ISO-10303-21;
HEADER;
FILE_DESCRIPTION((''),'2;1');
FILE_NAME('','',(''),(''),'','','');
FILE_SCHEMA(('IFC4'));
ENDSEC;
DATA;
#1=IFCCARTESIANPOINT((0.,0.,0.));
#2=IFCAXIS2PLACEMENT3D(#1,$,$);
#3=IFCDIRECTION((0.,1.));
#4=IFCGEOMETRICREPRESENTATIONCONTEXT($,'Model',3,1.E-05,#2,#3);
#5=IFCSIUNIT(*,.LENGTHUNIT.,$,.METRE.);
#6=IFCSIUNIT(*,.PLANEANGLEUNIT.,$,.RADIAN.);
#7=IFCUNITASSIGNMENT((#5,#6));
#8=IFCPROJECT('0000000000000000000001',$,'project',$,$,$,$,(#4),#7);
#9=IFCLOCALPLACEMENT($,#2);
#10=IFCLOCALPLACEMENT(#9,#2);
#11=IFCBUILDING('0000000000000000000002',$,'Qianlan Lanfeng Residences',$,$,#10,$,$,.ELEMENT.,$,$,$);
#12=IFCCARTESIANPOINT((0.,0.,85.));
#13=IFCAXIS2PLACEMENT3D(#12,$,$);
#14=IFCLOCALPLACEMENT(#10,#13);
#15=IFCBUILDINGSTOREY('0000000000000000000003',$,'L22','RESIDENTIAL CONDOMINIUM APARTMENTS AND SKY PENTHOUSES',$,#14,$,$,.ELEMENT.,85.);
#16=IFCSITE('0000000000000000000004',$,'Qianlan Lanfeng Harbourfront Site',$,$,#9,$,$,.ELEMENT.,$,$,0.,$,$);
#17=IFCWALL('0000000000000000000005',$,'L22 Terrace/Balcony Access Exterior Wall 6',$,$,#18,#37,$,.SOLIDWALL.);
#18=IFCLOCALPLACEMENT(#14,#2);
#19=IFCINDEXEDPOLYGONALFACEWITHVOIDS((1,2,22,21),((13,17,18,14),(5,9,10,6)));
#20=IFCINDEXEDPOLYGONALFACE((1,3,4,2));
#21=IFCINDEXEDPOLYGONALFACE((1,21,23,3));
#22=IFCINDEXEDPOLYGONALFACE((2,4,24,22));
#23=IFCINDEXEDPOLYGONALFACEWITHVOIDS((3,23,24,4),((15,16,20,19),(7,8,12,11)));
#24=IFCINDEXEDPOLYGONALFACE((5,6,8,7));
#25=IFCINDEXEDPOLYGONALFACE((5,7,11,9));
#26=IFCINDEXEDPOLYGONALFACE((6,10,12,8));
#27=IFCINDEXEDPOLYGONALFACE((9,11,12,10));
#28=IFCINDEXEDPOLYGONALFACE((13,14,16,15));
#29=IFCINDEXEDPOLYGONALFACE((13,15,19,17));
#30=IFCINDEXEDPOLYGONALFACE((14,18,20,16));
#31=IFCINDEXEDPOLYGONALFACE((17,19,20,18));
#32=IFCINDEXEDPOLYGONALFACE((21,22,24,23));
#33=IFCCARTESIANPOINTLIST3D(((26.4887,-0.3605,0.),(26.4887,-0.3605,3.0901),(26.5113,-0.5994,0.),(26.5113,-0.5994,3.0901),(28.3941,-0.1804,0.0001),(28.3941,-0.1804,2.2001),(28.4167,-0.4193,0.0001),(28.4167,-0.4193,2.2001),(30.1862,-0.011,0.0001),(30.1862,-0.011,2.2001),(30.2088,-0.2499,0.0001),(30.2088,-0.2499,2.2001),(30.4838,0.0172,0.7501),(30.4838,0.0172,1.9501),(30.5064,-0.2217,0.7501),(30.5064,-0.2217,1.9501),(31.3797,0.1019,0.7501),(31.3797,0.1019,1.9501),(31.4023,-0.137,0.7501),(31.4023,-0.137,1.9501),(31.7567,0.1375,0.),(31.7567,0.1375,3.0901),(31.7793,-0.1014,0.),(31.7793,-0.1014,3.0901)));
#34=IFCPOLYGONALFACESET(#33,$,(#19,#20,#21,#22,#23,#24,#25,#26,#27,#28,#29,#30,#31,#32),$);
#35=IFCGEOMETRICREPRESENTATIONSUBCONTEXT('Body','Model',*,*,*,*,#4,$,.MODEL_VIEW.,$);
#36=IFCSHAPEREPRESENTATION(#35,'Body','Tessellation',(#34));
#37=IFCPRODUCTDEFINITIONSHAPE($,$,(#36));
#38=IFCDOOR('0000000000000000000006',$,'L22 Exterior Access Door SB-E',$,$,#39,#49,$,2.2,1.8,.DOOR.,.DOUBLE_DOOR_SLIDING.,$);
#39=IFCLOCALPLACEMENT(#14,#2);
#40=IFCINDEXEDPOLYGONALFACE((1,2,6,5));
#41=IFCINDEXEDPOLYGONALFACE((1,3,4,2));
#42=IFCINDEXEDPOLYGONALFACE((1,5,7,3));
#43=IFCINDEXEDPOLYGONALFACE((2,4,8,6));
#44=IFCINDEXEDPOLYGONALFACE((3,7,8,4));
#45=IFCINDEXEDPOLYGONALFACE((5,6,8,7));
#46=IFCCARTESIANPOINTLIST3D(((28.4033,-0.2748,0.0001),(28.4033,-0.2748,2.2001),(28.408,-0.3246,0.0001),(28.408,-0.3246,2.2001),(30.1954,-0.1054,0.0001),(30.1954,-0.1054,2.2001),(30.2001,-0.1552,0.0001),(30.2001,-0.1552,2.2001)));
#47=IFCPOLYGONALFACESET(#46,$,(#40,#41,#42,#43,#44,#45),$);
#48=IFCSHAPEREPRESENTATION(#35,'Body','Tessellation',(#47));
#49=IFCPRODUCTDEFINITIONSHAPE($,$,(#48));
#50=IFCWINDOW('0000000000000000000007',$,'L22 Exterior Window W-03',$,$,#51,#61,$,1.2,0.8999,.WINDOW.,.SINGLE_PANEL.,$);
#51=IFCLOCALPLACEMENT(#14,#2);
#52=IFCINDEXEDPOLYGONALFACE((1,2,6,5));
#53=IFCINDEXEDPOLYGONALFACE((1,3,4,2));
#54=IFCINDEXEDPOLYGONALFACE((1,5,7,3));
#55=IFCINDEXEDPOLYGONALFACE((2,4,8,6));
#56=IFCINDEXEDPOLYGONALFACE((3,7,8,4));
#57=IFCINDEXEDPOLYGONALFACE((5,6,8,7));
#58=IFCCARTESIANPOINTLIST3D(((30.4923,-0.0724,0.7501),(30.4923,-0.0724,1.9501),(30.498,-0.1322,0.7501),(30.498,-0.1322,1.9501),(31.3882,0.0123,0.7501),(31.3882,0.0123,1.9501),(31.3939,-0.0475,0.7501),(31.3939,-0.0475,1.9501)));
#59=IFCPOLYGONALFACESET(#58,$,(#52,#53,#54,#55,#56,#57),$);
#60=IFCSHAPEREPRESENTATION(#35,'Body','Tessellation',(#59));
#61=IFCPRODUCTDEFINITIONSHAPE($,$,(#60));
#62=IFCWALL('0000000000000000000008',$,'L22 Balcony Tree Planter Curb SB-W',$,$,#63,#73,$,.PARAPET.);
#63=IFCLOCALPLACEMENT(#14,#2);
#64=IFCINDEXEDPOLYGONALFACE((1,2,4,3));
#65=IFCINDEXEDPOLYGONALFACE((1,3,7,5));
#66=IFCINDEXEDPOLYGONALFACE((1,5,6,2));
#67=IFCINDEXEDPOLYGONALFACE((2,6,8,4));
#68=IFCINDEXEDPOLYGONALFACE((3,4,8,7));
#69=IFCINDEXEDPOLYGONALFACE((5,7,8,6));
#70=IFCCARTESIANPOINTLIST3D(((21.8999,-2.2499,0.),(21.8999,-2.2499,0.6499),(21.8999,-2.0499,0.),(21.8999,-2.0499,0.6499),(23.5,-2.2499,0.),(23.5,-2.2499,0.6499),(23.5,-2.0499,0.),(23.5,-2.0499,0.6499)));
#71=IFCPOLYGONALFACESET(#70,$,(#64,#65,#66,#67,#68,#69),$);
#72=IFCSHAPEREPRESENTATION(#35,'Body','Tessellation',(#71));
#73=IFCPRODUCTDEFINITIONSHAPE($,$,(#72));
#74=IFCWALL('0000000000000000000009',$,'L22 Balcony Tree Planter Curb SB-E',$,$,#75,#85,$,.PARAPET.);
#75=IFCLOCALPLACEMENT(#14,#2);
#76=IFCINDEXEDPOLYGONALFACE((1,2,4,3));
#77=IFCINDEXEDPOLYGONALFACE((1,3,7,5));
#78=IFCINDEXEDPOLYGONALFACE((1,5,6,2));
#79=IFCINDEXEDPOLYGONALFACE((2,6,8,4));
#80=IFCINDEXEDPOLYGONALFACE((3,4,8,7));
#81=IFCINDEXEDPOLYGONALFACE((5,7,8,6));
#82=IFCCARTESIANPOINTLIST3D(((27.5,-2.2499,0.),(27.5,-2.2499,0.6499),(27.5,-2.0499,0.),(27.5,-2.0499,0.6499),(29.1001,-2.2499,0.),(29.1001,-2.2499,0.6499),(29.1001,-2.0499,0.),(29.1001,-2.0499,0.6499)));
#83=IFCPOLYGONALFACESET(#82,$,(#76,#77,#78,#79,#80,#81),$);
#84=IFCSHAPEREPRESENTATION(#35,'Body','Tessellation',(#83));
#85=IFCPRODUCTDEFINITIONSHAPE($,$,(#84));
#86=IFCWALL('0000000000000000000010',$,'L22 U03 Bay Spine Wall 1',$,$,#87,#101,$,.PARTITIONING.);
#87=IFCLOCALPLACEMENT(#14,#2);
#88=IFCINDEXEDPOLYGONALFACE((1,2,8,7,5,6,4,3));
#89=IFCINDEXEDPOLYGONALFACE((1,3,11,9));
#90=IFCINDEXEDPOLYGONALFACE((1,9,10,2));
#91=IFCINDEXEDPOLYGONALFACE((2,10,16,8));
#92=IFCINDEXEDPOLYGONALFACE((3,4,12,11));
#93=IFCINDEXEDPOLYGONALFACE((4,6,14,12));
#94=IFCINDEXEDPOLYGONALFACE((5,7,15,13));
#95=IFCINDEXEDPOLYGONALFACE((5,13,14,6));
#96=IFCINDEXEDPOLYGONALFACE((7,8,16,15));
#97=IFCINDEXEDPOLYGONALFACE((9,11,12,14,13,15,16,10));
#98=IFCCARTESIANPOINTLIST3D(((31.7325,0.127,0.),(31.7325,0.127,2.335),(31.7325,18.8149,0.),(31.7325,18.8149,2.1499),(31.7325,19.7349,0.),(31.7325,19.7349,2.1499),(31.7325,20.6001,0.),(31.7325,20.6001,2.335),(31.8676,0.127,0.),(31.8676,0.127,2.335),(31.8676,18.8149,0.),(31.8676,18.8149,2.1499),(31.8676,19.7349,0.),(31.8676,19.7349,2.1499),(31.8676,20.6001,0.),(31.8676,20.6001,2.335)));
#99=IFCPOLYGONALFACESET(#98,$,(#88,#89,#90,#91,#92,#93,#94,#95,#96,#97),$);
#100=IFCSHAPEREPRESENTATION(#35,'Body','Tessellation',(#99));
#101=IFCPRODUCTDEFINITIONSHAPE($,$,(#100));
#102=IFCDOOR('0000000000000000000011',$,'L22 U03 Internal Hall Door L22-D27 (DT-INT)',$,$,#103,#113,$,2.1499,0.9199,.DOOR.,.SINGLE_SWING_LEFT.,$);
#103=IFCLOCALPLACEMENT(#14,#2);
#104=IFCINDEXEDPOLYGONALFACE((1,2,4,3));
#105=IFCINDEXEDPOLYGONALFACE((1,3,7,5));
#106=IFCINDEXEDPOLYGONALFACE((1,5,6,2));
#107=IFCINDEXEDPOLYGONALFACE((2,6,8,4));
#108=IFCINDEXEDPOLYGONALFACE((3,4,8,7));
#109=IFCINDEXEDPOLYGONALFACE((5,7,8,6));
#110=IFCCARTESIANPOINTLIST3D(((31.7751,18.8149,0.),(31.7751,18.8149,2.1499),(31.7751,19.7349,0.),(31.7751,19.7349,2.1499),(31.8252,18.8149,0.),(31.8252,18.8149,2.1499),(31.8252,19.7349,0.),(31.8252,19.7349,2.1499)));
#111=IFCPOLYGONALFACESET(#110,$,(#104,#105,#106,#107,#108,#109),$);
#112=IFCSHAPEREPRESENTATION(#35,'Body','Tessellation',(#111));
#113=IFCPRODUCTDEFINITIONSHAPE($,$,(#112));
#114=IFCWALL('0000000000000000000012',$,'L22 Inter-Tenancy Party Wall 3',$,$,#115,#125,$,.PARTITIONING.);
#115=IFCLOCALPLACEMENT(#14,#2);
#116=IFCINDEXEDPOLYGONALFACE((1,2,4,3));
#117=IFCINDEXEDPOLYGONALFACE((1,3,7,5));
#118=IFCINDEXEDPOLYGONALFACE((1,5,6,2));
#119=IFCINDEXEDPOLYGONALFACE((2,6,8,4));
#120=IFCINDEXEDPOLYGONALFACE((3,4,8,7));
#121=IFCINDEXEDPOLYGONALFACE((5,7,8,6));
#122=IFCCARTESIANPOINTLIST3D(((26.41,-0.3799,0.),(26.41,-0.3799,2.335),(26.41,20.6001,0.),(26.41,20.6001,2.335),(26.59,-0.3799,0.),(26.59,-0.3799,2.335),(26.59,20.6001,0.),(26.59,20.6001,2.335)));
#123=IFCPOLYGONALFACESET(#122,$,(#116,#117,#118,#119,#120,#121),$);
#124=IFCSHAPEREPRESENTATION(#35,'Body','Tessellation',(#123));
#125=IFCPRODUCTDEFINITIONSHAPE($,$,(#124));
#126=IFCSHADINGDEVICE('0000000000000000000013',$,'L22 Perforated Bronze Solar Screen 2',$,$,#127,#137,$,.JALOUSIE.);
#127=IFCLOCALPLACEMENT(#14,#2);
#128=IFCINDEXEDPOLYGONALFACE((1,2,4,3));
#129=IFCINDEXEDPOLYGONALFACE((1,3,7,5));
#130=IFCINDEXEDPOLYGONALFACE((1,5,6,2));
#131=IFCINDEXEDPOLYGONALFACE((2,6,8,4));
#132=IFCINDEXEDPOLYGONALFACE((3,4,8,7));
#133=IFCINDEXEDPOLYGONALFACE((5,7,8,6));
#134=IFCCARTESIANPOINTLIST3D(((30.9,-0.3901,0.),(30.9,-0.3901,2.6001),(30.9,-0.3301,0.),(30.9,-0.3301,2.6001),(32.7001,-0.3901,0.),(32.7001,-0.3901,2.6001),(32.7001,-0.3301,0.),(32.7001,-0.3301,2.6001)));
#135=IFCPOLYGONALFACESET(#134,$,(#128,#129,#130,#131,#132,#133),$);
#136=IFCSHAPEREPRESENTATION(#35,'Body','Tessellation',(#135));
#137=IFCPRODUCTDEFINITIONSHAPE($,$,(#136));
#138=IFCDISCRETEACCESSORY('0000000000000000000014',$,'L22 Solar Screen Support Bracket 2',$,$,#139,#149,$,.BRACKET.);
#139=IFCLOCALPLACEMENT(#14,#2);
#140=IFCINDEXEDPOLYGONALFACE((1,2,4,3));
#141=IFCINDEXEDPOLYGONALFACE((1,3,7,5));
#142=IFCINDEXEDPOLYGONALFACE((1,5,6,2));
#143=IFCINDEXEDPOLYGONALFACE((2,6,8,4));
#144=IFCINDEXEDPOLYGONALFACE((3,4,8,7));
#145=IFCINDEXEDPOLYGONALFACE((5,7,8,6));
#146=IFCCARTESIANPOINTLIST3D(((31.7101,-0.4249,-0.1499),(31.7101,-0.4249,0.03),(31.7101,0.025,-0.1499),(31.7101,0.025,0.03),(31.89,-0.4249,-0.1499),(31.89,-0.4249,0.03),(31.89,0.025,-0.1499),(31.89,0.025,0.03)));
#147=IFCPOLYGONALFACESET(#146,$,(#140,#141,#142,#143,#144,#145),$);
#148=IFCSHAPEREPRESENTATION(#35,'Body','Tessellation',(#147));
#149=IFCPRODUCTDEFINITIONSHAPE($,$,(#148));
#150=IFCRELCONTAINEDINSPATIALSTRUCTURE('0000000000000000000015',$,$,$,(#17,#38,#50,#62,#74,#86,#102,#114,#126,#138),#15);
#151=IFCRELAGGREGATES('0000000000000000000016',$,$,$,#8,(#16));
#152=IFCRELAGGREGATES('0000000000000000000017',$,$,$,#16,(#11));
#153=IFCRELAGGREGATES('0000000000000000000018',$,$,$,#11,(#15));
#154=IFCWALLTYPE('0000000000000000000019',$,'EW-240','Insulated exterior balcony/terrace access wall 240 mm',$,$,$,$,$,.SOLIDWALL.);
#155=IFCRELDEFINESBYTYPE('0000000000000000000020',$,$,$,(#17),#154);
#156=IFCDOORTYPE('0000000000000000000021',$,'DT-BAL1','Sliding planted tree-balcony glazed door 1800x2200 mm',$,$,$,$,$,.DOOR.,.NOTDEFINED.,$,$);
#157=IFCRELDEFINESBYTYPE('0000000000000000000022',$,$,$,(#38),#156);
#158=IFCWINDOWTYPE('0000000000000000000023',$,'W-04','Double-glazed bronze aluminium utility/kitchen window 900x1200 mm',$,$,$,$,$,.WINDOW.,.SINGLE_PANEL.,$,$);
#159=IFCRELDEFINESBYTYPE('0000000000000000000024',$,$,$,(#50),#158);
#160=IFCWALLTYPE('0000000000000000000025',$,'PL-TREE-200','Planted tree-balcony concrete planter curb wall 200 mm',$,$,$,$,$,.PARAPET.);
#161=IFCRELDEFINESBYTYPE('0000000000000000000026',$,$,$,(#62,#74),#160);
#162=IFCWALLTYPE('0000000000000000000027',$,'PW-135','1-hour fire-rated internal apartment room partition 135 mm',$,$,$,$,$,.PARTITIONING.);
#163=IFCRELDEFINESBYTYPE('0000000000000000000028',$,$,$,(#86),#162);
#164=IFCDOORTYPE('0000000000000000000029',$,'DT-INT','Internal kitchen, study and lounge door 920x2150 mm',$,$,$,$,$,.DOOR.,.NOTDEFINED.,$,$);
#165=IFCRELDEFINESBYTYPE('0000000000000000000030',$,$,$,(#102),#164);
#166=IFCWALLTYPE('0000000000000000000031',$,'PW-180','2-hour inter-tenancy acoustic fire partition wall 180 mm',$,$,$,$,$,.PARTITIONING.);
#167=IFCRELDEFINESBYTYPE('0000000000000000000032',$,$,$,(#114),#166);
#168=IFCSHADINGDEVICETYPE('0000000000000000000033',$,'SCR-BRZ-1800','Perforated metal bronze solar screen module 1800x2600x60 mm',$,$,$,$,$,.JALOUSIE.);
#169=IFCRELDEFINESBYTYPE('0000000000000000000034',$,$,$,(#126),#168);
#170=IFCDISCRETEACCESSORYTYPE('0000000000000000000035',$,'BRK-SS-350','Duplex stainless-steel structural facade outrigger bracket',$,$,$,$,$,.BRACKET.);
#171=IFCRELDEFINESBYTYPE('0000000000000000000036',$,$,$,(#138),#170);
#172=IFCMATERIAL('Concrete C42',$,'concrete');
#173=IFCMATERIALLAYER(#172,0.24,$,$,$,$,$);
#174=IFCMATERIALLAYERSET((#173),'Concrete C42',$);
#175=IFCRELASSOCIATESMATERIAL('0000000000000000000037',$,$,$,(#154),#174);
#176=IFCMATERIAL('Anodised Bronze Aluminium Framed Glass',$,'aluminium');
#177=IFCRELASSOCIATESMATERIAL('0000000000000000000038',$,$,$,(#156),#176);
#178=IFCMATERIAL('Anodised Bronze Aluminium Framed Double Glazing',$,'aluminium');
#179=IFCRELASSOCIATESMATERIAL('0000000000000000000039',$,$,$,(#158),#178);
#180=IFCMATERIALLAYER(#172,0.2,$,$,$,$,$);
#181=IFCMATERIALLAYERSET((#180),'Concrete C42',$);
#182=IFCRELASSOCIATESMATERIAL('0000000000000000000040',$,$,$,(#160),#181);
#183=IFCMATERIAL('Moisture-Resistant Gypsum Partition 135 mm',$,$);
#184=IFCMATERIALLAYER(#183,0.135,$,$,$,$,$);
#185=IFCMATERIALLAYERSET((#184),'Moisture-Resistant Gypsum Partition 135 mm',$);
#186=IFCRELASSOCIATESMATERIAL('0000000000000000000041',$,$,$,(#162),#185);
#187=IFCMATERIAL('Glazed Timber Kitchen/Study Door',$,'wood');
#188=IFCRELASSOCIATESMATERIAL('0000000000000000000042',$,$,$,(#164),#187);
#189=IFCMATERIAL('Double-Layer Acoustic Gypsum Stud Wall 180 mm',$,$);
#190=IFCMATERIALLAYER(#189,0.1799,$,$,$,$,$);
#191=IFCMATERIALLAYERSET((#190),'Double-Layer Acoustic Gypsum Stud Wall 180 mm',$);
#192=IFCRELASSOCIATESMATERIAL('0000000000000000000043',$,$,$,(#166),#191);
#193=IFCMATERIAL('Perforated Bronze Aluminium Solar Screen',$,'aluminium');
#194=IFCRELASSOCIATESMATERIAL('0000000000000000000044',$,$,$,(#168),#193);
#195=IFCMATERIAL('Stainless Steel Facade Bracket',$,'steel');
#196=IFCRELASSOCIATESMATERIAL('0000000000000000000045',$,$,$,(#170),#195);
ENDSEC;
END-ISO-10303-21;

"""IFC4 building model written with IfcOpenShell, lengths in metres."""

from ifc_helpers import new_model, si_unit, direction, frame, frame_2d, origin, origin_2d, place, context, subcontext, project, spatial, rectangle, extrude, source, transform, mapped, material, layer, layer_set, type_object, element, fill, save


model = new_model("IFC4")

# Units and contexts
model_context = context("Model", 3, precision=1e-05, world=origin(), true_north=direction((0.0, 1.0)))
body_context = subcontext(model_context, "Body", "Model", "MODEL_VIEW")
ifc_project = project(units=[si_unit("LENGTHUNIT", "METRE"), si_unit("PLANEANGLEUNIT", "RADIAN")], contexts=[model_context])

# Site, building, storey
site_placement = place(None, origin())
site = spatial("IfcSite", under=ifc_project, at=site_placement, Name="Qianlan Lanfeng Harbourfront Site", CompositionType="ELEMENT", RefElevation=0.0)
building_placement = place(site_placement, origin())
building = spatial("IfcBuilding", under=site, at=building_placement, Name="Qianlan Lanfeng Residences", CompositionType="ELEMENT")
storey_placement = place(building_placement, frame((0.0, 0.0, 85.0)))
storey = spatial("IfcBuildingStorey", under=building, at=storey_placement, Name="L22", Description="RESIDENTIAL CONDOMINIUM APARTMENTS AND SKY PENTHOUSES", CompositionType="ELEMENT", Elevation=85.0)

# Wall, openings, door, window
ifc_material_1 = material(Name="Concrete C42", Category="concrete")
ifc_layer_1 = layer(ifc_material_1, 0.24)
ifc_layer_set_1 = layer_set([ifc_layer_1], Name="Concrete C42")
wall_type_1 = type_object("IfcWallType", Name="EW-240", Description="Insulated exterior balcony/terrace access wall 240 mm", PredefinedType="SOLIDWALL", material=ifc_layer_set_1)
wall_1_placement = place(storey_placement, frame((26.5, -0.48, 0.0), z_axis=(0.0, 0.0, 1.0), x_axis=(0.995561, 0.094121, 0.0)))
wall_1 = element("IfcWall", 1, at=wall_1_placement, inside=storey, type_object=wall_type_1, Name="L22 Terrace/Balcony Access Exterior Wall 6", PredefinedType="SOLIDWALL", context=body_context, shape_type="SweptSolid", body=[
    extrude(rectangle(XDim=5.2915, YDim=0.24, at=frame_2d((2.6458, 0.0))), origin(), (0.0, 0.0, 1.0), 3.0901),
])
opening_1_placement = place(wall_1_placement, frame((1.9141, 0.0, 0.0)))
opening_1 = element("IfcOpeningElement", 2, at=opening_1_placement, cuts=wall_1, PredefinedType="OPENING", context=body_context, shape_type="SweptSolid", body=[
    extrude(rectangle(XDim=1.8, YDim=2.2, at=frame_2d((0.8999, 1.1001))), frame((0.0, 0.1299, 0.0), z_axis=(0.0, -1.0, 0.0), x_axis=(1.0, 0.0, 0.0)), (0.0, 0.0, 1.0), 0.26),
])
opening_2_placement = place(wall_1_placement, frame((4.0129, 0.0, 0.75)))
opening_2 = element("IfcOpeningElement", 3, at=opening_2_placement, cuts=wall_1, PredefinedType="OPENING", context=body_context, shape_type="SweptSolid", body=[
    extrude(rectangle(XDim=0.8999, YDim=1.2, at=frame_2d((0.45, 0.6001))), frame((0.0, 0.1299, 0.0), z_axis=(0.0, -1.0, 0.0), x_axis=(1.0, 0.0, 0.0)), (0.0, 0.0, 1.0), 0.26),
])
ifc_material_2 = material(Name="Anodised Bronze Aluminium Framed Glass", Category="aluminium")
door_type_1 = type_object("IfcDoorType", Name="DT-BAL1", Description="Sliding planted tree-balcony glazed door 1800x2200 mm", OperationType="NOTDEFINED", PredefinedType="DOOR", material=ifc_material_2)
door_1_placement = place(opening_1_placement, frame((1.8, 0.0, 0.0), z_axis=(0.0, 0.0, 1.0), x_axis=(-1.0, 0.0, 0.0)))
door_1 = element("IfcDoor", 4, at=door_1_placement, inside=storey, type_object=door_type_1, Name="L22 Exterior Access Door SB-E", OperationType="DOUBLE_DOOR_SLIDING", OverallHeight=2.2, OverallWidth=1.8, PredefinedType="DOOR", context=body_context, shape_type="SweptSolid", body=[
    extrude(rectangle(XDim=1.8, YDim=2.2, at=frame_2d((0.8999, 1.1001))), frame((0.0, 0.0249, 0.0), z_axis=(0.0, -1.0, 0.0), x_axis=(1.0, 0.0, 0.0)), (0.0, 0.0, 1.0), 0.05),
])
fill(opening_1, door_1)
ifc_material_3 = material(Name="Anodised Bronze Aluminium Framed Double Glazing", Category="aluminium")
window_type = type_object("IfcWindowType", Name="W-04", Description="Double-glazed bronze aluminium utility/kitchen window 900x1200 mm", PartitioningType="SINGLE_PANEL", PredefinedType="WINDOW", material=ifc_material_3)
window_placement = place(opening_2_placement, origin())
window = element("IfcWindow", 5, at=window_placement, inside=storey, type_object=window_type, Name="L22 Exterior Window W-03", OverallHeight=1.2, OverallWidth=0.8999, PartitioningType="SINGLE_PANEL", PredefinedType="WINDOW", context=body_context, shape_type="SweptSolid", body=[
    extrude(rectangle(XDim=0.8999, YDim=1.2, at=frame_2d((0.45, 0.6001))), frame((0.0, 0.03, 0.0), z_axis=(0.0, -1.0, 0.0), x_axis=(1.0, 0.0, 0.0)), (0.0, 0.0, 1.0), 0.0601),
])
fill(opening_2, window)

# Walls
ifc_layer_2 = layer(ifc_material_1, 0.2)
ifc_layer_set_2 = layer_set([ifc_layer_2], Name="Concrete C42")
wall_type_2 = type_object("IfcWallType", Name="PL-TREE-200", Description="Planted tree-balcony concrete planter curb wall 200 mm", PredefinedType="PARAPET", material=ifc_layer_set_2)
for number, where, z_axis, x_axis, name in (
    (6, (21.8999, -2.1499, 0.0), (0.0, 0.0, 1.0), (1.0, 0.0, 0.0), "L22 Balcony Tree Planter Curb SB-W"),
    (7, (27.5, -2.1499, 0.0), (0.0, 0.0, 1.0), (1.0, 0.0, 0.0), "L22 Balcony Tree Planter Curb SB-E"),
):
    element("IfcWall", number, at=place(storey_placement, frame(where, z_axis=z_axis, x_axis=x_axis)), inside=storey, type_object=wall_type_2, Name=name, PredefinedType="PARAPET", context=body_context, shape_type="SweptSolid", body=[
        extrude(rectangle(XDim=1.6001, YDim=0.2, at=frame_2d((0.8, 0.0))), origin(), (0.0, 0.0, 1.0), 0.6499),
    ])

# Wall, opening, door
ifc_material_4 = material(Name="Moisture-Resistant Gypsum Partition 135 mm")
ifc_layer_3 = layer(ifc_material_4, 0.135)
ifc_layer_set_3 = layer_set([ifc_layer_3], Name="Moisture-Resistant Gypsum Partition 135 mm")
wall_type_3 = type_object("IfcWallType", Name="PW-135", Description="1-hour fire-rated internal apartment room partition 135 mm", PredefinedType="PARTITIONING", material=ifc_layer_set_3)
wall_2_placement = place(storey_placement, frame((31.8, 0.127, 0.0), z_axis=(0.0, 0.0, 1.0), x_axis=(0.0, 1.0, 0.0)))
wall_2 = element("IfcWall", 8, at=wall_2_placement, inside=storey, type_object=wall_type_3, Name="L22 U03 Bay Spine Wall 1", PredefinedType="PARTITIONING", context=body_context, shape_type="SweptSolid", body=[
    extrude(rectangle(XDim=20.4731, YDim=0.135, at=frame_2d((10.2366, 0.0))), origin(), (0.0, 0.0, 1.0), 2.335),
])
opening_3_placement = place(wall_2_placement, frame((18.688, 0.0, 0.0)))
opening_3 = element("IfcOpeningElement", 9, at=opening_3_placement, cuts=wall_2, PredefinedType="OPENING", context=body_context, shape_type="SweptSolid", body=[
    extrude(rectangle(XDim=0.9199, YDim=2.1499, at=frame_2d((0.46, 1.075))), frame((0.0, 0.0776, 0.0), z_axis=(0.0, -1.0, 0.0), x_axis=(1.0, 0.0, 0.0)), (0.0, 0.0, 1.0), 0.155),
])
ifc_material_5 = material(Name="Glazed Timber Kitchen/Study Door", Category="wood")
door_type_2 = type_object("IfcDoorType", Name="DT-INT", Description="Internal kitchen, study and lounge door 920x2150 mm", OperationType="NOTDEFINED", PredefinedType="DOOR", material=ifc_material_5)
door_2_placement = place(opening_3_placement, origin())
door_2 = element("IfcDoor", 10, at=door_2_placement, inside=storey, type_object=door_type_2, Name="L22 U03 Internal Hall Door L22-D27 (DT-INT)", OperationType="SINGLE_SWING_LEFT", OverallHeight=2.1499, OverallWidth=0.9199, PredefinedType="DOOR", context=body_context, shape_type="SweptSolid", body=[
    extrude(rectangle(XDim=0.9199, YDim=2.1499, at=frame_2d((0.46, 1.075))), frame((0.0, 0.0249, 0.0), z_axis=(0.0, -1.0, 0.0), x_axis=(1.0, 0.0, 0.0)), (0.0, 0.0, 1.0), 0.05),
])
fill(opening_3, door_2)

# Wall
ifc_material_6 = material(Name="Double-Layer Acoustic Gypsum Stud Wall 180 mm")
ifc_layer_4 = layer(ifc_material_6, 0.1799)
ifc_layer_set_4 = layer_set([ifc_layer_4], Name="Double-Layer Acoustic Gypsum Stud Wall 180 mm")
wall_type_4 = type_object("IfcWallType", Name="PW-180", Description="2-hour inter-tenancy acoustic fire partition wall 180 mm", PredefinedType="PARTITIONING", material=ifc_layer_set_4)
wall_3_placement = place(storey_placement, frame((26.5, -0.3799, 0.0), z_axis=(0.0, 0.0, 1.0), x_axis=(0.0, 1.0, 0.0)))
element("IfcWall", 11, at=wall_3_placement, inside=storey, type_object=wall_type_4, Name="L22 Inter-Tenancy Party Wall 3", PredefinedType="PARTITIONING", context=body_context, shape_type="SweptSolid", body=[
    extrude(rectangle(XDim=20.98, YDim=0.1799, at=frame_2d((10.49, 0.0))), origin(), (0.0, 0.0, 1.0), 2.335),
])

# Shading device
ifc_material_7 = material(Name="Perforated Bronze Aluminium Solar Screen", Category="aluminium")
shading_device_type = type_object("IfcShadingDeviceType", Name="SCR-BRZ-1800", Description="Perforated metal bronze solar screen module 1800x2600x60 mm", PredefinedType="JALOUSIE", material=ifc_material_7)
shared_shape_1 = source(origin(), body_context, "Body", "SweptSolid", [
    extrude(rectangle(XDim=1.8, YDim=0.0601, at=origin_2d()), origin(), (0.0, 0.0, 1.0), 2.6001),
])
shading_device_placement = place(storey_placement, frame((31.8, -0.3601, 0.0), z_axis=(0.0, 0.0, 1.0), x_axis=(1.0, 0.0, 0.0)))
element("IfcShadingDevice", 12, at=shading_device_placement, inside=storey, type_object=shading_device_type, Name="L22 Perforated Bronze Solar Screen 2", PredefinedType="JALOUSIE", context=body_context, shape_type="MappedRepresentation", body=[
    mapped(shared_shape_1, transform((0.0, 0.0, 0.0), scale=1.0)),
])

# Discrete accessory
ifc_material_8 = material(Name="Stainless Steel Facade Bracket", Category="steel")
discrete_accessory_type = type_object("IfcDiscreteAccessoryType", Name="BRK-SS-350", Description="Duplex stainless-steel structural facade outrigger bracket", PredefinedType="BRACKET", material=ifc_material_8)
shared_shape_2 = source(origin(), body_context, "Body", "SweptSolid", [
    extrude(rectangle(XDim=0.1799, YDim=0.45, at=origin_2d()), origin(), (0.0, 0.0, 1.0), 0.1799),
])
discrete_accessory_placement = place(storey_placement, frame((31.8, -0.2, -0.1499), z_axis=(0.0, 0.0, 1.0), x_axis=(1.0, 0.0, 0.0)))
element("IfcDiscreteAccessory", 13, at=discrete_accessory_placement, inside=storey, type_object=discrete_accessory_type, Name="L22 Solar Screen Support Bracket 2", PredefinedType="BRACKET", context=body_context, shape_type="MappedRepresentation", body=[
    mapped(shared_shape_2, transform((0.0, 0.0, 0.0), scale=1.0)),
])

save(model, "model.ifc")
